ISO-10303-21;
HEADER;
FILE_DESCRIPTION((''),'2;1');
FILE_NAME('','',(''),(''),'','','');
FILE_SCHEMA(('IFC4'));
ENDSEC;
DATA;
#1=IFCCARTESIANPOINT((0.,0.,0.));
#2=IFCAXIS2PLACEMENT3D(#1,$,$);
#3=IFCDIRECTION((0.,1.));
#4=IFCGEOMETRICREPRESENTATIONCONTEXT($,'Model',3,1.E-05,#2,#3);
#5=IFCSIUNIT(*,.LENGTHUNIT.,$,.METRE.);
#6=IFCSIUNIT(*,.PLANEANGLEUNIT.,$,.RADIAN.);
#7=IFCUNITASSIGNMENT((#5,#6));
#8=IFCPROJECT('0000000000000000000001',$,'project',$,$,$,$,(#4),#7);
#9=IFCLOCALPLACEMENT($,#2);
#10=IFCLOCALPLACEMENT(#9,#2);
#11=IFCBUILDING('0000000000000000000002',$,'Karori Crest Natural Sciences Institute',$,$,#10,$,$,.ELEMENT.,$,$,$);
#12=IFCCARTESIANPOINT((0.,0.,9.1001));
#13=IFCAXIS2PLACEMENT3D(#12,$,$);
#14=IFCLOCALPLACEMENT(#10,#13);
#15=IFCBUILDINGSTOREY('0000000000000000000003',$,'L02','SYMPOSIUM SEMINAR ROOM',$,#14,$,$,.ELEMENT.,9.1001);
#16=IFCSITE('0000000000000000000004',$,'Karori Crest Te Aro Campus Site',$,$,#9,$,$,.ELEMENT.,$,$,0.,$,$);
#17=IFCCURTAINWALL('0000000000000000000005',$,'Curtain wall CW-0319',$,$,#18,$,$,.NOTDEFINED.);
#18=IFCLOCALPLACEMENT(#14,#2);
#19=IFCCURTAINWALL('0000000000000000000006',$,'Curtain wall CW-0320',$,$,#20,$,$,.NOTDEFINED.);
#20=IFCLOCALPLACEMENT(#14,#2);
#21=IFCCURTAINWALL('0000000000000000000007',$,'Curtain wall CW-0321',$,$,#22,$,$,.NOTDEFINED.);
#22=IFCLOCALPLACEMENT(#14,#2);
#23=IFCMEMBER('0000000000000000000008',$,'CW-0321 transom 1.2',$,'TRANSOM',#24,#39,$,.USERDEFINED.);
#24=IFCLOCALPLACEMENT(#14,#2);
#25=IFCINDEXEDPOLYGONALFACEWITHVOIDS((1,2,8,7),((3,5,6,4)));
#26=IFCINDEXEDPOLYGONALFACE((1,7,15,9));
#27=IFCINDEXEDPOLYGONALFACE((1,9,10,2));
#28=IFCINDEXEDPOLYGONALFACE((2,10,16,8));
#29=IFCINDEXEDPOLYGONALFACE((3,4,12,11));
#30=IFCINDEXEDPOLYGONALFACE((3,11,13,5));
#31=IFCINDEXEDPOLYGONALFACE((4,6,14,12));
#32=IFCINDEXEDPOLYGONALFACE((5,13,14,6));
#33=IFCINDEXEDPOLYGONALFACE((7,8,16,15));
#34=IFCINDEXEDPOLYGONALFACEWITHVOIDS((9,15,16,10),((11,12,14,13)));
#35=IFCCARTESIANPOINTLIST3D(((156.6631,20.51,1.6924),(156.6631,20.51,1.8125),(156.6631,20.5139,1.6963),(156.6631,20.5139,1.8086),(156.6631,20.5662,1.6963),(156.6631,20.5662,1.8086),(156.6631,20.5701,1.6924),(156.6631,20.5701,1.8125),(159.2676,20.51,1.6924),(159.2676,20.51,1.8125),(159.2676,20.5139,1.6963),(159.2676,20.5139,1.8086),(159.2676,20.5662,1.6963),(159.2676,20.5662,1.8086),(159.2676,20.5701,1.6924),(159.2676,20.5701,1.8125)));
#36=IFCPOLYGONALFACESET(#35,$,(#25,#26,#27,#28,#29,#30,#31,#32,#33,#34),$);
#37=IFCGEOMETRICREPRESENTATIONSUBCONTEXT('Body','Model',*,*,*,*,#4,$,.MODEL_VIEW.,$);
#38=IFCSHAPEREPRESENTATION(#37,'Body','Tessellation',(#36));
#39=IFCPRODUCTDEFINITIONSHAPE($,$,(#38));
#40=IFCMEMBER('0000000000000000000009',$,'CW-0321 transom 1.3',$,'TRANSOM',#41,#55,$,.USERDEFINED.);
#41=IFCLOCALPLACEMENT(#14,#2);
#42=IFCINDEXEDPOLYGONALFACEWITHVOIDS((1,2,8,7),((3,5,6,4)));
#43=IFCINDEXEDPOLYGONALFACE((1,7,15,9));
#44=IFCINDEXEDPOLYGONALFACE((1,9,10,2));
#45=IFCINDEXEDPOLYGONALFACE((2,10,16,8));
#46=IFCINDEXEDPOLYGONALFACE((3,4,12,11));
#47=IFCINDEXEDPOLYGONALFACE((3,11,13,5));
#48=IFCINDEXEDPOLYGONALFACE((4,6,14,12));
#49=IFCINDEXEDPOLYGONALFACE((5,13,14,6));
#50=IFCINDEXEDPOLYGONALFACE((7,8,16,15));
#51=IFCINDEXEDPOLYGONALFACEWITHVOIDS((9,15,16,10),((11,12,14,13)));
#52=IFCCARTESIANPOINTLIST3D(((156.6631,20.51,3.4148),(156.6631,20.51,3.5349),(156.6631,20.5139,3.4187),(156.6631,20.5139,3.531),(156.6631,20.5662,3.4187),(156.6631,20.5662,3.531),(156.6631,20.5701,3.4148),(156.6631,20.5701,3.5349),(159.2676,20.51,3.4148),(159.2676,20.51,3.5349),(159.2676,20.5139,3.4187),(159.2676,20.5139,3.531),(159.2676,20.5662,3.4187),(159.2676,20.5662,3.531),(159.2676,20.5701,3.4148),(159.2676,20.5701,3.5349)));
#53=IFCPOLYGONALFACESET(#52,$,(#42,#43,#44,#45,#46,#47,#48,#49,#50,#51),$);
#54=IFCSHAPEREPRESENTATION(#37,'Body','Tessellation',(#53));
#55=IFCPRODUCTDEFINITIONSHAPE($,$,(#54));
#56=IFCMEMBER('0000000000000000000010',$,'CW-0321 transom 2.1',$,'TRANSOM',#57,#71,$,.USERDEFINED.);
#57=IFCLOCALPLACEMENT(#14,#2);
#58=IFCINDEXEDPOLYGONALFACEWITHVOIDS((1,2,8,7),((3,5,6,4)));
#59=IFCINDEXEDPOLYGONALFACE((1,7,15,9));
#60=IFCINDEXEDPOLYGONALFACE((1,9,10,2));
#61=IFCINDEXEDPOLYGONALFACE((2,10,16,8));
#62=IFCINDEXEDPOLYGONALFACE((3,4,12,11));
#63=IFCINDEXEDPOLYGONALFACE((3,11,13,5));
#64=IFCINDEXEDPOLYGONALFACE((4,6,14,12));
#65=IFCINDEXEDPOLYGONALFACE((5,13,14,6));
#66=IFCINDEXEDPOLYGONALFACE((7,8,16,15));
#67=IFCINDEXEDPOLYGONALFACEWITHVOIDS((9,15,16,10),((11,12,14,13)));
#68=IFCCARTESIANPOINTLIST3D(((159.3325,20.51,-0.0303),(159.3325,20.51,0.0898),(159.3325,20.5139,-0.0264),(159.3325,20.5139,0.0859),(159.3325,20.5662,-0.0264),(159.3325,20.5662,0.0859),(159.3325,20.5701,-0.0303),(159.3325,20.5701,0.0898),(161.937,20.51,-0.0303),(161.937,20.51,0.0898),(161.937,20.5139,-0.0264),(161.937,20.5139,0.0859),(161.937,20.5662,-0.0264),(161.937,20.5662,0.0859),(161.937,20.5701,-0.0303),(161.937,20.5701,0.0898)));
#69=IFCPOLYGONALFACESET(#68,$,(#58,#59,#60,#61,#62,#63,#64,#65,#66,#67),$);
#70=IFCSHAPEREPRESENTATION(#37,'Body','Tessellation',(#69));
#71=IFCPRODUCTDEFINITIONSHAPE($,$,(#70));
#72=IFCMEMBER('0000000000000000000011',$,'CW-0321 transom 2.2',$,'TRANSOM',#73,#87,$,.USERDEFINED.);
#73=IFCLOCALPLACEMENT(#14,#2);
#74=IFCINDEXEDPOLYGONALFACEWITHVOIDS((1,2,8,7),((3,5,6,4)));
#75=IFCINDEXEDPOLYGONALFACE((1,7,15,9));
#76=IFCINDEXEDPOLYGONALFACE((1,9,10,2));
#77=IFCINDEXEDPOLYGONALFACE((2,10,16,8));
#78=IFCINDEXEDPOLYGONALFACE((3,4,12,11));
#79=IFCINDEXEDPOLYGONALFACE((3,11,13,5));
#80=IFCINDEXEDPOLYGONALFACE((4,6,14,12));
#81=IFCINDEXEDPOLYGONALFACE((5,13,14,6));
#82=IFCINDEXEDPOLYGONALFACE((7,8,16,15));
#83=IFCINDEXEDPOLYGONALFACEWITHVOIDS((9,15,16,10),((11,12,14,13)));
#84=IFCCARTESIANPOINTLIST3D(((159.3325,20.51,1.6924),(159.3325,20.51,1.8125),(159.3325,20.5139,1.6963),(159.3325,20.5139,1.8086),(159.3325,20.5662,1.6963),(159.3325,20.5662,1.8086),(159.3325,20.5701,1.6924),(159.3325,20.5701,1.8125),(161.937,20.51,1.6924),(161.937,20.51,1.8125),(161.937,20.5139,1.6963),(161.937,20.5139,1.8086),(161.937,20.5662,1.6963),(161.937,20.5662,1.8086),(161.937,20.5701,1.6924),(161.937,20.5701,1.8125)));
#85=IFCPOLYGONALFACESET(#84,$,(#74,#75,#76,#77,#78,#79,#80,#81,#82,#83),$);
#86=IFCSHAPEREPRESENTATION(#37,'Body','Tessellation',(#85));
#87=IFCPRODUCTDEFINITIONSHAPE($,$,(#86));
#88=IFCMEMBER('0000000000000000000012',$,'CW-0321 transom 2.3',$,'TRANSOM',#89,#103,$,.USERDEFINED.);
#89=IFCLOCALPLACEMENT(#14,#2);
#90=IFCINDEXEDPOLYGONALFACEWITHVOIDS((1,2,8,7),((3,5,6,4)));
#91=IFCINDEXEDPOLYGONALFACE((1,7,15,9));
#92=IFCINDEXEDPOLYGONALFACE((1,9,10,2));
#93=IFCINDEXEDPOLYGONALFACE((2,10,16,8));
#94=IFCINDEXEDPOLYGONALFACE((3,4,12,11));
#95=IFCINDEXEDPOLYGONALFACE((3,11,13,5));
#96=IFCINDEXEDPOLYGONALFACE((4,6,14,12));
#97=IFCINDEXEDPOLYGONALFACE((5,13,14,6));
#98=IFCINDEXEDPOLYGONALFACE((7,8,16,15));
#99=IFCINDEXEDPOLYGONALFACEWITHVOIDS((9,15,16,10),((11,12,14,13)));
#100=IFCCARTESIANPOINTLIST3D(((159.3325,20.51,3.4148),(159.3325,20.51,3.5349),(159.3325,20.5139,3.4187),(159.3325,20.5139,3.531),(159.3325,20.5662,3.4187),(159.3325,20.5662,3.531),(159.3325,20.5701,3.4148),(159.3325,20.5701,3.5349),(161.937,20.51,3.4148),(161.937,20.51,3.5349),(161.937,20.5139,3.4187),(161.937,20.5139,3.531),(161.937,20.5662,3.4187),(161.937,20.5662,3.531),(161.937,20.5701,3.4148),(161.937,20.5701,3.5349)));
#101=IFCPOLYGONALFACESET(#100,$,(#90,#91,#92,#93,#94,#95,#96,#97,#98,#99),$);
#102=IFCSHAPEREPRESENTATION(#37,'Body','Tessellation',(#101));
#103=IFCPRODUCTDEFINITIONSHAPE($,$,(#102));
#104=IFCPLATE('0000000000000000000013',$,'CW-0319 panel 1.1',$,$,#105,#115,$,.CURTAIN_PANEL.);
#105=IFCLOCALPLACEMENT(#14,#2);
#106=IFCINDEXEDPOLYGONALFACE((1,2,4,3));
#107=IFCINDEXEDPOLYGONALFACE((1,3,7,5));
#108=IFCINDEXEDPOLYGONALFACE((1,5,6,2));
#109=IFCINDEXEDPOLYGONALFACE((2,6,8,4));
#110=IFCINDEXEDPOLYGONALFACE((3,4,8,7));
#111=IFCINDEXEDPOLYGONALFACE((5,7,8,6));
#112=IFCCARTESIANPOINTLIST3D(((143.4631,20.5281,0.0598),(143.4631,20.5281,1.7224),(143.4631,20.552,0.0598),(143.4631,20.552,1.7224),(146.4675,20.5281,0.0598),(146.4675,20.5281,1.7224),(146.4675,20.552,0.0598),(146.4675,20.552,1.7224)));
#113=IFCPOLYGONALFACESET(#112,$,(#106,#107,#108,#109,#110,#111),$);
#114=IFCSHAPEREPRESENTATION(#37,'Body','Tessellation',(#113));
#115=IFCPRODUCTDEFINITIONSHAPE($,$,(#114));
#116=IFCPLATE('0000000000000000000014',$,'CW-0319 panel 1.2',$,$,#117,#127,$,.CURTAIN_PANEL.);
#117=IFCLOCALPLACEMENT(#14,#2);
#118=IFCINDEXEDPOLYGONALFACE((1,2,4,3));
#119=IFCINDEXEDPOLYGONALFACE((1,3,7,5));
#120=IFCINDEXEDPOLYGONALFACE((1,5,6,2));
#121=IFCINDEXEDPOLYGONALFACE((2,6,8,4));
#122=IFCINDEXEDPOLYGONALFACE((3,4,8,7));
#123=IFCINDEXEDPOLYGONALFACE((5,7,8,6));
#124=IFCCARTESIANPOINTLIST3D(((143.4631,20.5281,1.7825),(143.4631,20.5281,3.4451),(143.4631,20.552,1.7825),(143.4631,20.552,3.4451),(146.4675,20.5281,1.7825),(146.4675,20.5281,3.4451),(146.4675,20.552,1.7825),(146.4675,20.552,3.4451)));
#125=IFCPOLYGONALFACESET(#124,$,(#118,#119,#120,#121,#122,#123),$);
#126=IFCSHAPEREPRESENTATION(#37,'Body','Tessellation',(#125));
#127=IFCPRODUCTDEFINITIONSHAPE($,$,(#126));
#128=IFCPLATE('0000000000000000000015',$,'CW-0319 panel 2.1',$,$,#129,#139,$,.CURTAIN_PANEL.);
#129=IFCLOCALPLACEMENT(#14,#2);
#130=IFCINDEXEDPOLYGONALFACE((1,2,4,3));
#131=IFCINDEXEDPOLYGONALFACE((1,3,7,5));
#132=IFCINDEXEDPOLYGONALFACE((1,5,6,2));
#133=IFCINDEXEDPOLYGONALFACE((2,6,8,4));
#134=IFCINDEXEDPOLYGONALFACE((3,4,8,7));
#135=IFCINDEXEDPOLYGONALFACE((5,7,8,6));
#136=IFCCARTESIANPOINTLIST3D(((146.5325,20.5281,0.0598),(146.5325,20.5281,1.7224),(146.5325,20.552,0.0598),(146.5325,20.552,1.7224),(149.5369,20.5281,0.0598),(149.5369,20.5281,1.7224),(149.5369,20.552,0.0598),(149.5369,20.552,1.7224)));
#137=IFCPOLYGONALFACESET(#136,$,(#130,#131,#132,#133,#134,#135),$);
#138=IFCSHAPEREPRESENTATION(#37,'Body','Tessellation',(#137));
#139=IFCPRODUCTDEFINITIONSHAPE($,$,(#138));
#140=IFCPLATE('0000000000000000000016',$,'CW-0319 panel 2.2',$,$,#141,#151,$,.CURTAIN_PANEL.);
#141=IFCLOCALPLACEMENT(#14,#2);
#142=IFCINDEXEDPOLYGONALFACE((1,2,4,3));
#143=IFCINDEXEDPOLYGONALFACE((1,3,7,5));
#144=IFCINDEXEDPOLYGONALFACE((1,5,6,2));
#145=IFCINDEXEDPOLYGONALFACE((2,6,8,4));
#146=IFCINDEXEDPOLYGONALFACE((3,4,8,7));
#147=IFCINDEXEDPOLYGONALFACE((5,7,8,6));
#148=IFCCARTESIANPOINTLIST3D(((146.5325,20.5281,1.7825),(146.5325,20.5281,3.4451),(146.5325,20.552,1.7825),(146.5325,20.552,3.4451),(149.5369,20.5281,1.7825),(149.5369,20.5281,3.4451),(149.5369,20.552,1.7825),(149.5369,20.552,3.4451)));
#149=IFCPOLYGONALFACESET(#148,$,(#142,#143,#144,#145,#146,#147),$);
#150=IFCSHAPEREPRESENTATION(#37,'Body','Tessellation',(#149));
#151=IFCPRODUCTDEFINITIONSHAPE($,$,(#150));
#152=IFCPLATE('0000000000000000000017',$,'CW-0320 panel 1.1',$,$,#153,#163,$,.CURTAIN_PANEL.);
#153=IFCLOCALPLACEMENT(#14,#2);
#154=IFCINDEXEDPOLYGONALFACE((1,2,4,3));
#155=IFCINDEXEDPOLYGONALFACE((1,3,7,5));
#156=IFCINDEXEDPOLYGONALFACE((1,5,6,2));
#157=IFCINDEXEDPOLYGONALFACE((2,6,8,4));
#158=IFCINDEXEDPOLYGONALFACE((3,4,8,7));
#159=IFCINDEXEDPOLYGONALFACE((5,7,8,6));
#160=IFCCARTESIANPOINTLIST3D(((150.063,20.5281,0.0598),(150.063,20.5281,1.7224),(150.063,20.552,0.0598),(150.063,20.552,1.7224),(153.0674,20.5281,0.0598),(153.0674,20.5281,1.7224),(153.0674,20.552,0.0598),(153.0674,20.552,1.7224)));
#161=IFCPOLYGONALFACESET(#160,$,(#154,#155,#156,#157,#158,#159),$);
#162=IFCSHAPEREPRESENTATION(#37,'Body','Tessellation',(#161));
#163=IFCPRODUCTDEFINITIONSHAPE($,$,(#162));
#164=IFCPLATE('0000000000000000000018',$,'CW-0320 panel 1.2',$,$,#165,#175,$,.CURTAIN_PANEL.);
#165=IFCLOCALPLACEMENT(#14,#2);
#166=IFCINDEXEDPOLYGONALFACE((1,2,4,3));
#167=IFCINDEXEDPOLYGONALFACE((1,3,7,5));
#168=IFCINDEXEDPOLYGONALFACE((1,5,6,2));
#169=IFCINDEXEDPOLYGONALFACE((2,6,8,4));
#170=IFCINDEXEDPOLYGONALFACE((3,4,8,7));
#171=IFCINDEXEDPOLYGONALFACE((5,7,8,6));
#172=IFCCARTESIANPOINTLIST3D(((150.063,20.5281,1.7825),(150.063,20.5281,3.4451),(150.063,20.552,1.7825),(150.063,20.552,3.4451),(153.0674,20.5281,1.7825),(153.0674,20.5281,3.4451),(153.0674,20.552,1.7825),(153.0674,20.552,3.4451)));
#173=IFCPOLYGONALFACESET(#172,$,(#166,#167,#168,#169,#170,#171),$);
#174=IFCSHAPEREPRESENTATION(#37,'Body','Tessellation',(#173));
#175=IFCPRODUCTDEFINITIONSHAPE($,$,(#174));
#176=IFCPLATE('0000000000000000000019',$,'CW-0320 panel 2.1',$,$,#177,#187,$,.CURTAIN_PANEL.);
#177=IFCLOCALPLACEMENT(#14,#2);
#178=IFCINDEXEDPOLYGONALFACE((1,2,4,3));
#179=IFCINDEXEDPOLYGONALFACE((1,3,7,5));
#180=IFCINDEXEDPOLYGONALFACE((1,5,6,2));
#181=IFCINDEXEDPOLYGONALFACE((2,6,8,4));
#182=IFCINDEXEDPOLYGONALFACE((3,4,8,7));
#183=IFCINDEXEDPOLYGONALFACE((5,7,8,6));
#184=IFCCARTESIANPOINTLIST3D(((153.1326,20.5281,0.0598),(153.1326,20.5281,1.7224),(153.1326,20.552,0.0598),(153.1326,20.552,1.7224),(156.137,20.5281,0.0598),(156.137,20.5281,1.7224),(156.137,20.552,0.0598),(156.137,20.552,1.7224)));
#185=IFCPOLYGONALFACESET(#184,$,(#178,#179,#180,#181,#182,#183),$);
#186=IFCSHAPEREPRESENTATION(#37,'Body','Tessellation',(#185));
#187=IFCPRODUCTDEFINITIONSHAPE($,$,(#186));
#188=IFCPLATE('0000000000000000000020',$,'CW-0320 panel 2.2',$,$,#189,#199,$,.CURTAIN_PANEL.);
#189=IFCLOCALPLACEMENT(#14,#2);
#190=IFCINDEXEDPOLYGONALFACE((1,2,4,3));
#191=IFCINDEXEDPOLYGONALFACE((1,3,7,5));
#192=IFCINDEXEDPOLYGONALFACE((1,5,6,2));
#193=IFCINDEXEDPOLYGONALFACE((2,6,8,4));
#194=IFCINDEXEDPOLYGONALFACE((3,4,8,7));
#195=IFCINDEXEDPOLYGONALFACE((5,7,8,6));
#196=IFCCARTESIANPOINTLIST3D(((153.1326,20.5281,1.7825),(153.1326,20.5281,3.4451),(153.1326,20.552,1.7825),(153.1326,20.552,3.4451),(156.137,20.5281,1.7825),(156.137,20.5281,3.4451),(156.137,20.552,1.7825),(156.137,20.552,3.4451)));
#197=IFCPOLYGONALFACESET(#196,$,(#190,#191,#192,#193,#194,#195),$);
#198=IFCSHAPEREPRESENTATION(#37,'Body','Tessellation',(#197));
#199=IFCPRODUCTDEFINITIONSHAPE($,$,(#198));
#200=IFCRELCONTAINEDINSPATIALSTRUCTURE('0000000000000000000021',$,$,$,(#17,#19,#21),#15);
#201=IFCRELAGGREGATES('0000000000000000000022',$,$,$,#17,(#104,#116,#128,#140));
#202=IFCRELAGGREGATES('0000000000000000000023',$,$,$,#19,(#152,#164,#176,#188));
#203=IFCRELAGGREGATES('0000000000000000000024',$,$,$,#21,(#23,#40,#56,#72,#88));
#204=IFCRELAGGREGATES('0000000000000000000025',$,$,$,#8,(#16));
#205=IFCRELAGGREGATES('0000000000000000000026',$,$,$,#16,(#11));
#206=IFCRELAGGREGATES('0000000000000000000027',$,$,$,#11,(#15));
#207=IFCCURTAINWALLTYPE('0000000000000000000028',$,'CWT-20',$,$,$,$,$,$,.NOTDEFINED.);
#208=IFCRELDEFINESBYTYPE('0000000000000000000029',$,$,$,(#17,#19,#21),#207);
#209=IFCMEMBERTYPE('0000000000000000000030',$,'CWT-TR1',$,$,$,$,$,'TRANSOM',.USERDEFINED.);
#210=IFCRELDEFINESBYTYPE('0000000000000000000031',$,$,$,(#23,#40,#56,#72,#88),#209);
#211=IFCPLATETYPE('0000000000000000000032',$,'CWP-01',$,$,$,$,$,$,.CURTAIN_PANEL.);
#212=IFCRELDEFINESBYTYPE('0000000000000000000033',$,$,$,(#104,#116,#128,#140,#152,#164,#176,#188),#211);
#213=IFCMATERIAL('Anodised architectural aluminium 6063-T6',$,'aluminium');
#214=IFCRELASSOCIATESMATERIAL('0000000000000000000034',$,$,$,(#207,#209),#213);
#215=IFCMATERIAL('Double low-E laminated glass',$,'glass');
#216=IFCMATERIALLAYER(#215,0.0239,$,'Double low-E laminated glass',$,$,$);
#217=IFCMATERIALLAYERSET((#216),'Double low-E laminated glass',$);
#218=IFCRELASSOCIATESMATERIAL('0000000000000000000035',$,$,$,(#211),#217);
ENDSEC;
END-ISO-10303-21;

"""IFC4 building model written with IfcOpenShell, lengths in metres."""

from ifc_helpers import new_model, si_unit, direction, frame, origin, origin_2d, place, context, subcontext, project, spatial, rectangle, hollow_rectangle, extrude, material, layer, layer_set, material_profile, profile_set, type_object, element, aggregate, save


model = new_model("IFC4")

# Units and contexts
model_context = context("Model", 3, precision=1e-05, world=origin(), true_north=direction((0.0, 1.0)))
body_context = subcontext(model_context, "Body", "Model", "MODEL_VIEW")
ifc_project = project(units=[si_unit("LENGTHUNIT", "METRE"), si_unit("PLANEANGLEUNIT", "RADIAN")], contexts=[model_context])

# Site, building, storey
site_placement = place(None, origin())
site = spatial("IfcSite", under=ifc_project, at=site_placement, Name="Karori Crest Te Aro Campus Site", CompositionType="ELEMENT", RefElevation=0.0)
building_placement = place(site_placement, origin())
building = spatial("IfcBuilding", under=site, at=building_placement, Name="Karori Crest Natural Sciences Institute", CompositionType="ELEMENT")
storey_placement = place(building_placement, frame((0.0, 0.0, 9.1001)))
storey = spatial("IfcBuildingStorey", under=building, at=storey_placement, Name="L02", Description="SYMPOSIUM SEMINAR ROOM", CompositionType="ELEMENT", Elevation=9.1001)

# Curtain walls
ifc_material_1 = material(Name="Anodised architectural aluminium 6063-T6", Category="aluminium")
curtain_wall_type = type_object("IfcCurtainWallType", Name="CWT-20", PredefinedType="NOTDEFINED", material=ifc_material_1)
curtain_wall_1_placement = place(storey_placement, origin())
curtain_wall_1 = element("IfcCurtainWall", 1, at=curtain_wall_1_placement, inside=storey, type_object=curtain_wall_type, Name="Curtain wall CW-0319", PredefinedType="NOTDEFINED")
curtain_wall_2_placement = place(storey_placement, origin())
curtain_wall_2 = element("IfcCurtainWall", 2, at=curtain_wall_2_placement, inside=storey, type_object=curtain_wall_type, Name="Curtain wall CW-0320", PredefinedType="NOTDEFINED")
curtain_wall_3_placement = place(storey_placement, origin())
curtain_wall_3 = element("IfcCurtainWall", 3, at=curtain_wall_3_placement, inside=storey, type_object=curtain_wall_type, Name="Curtain wall CW-0321", PredefinedType="NOTDEFINED")

# Members
ifc_material_profile_1 = material_profile(ifc_material_1, hollow_rectangle(XDim=0.0601, YDim=0.1201, WallThickness=0.0039, at=origin_2d()), Name="CWT120x60x4")
ifc_profile_set_1 = profile_set([ifc_material_profile_1], Name="Anodised architectural aluminium 6063-T6")
member_type_1 = type_object("IfcMemberType", Name="CWT-TR1", ElementType="TRANSOM", PredefinedType="USERDEFINED", material=ifc_profile_set_1)
member_1_placement = place(storey_placement, frame((156.6631, 20.54, 1.7524), z_axis=(1.0, 0.0, 0.0), x_axis=(0.0, 1.0, 0.0)))
member_1 = element("IfcMember", 4, at=member_1_placement, type_object=member_type_1, Name="CW-0321 transom 1.2", ObjectType="TRANSOM", PredefinedType="USERDEFINED", context=body_context, shape_type="SweptSolid", body=[
    extrude(hollow_rectangle(XDim=0.0601, YDim=0.1201, WallThickness=0.0039, at=origin_2d()), origin(), (0.0, 0.0, 1.0), 2.6045),
])
member_2_placement = place(storey_placement, frame((156.6631, 20.54, 3.4749), z_axis=(1.0, 0.0, 0.0), x_axis=(0.0, 1.0, 0.0)))
member_2 = element("IfcMember", 5, at=member_2_placement, type_object=member_type_1, Name="CW-0321 transom 1.3", ObjectType="TRANSOM", PredefinedType="USERDEFINED", context=body_context, shape_type="SweptSolid", body=[
    extrude(hollow_rectangle(XDim=0.0601, YDim=0.1201, WallThickness=0.0039, at=origin_2d()), origin(), (0.0, 0.0, 1.0), 2.6045),
])
member_3_placement = place(storey_placement, frame((159.3325, 20.54, 0.0298), z_axis=(1.0, 0.0, 0.0), x_axis=(0.0, 1.0, 0.0)))
member_3 = element("IfcMember", 6, at=member_3_placement, type_object=member_type_1, Name="CW-0321 transom 2.1", ObjectType="TRANSOM", PredefinedType="USERDEFINED", context=body_context, shape_type="SweptSolid", body=[
    extrude(hollow_rectangle(XDim=0.0601, YDim=0.1201, WallThickness=0.0039, at=origin_2d()), origin(), (0.0, 0.0, 1.0), 2.6045),
])
member_4_placement = place(storey_placement, frame((159.3325, 20.54, 1.7524), z_axis=(1.0, 0.0, 0.0), x_axis=(0.0, 1.0, 0.0)))
member_4 = element("IfcMember", 7, at=member_4_placement, type_object=member_type_1, Name="CW-0321 transom 2.2", ObjectType="TRANSOM", PredefinedType="USERDEFINED", context=body_context, shape_type="SweptSolid", body=[
    extrude(hollow_rectangle(XDim=0.0601, YDim=0.1201, WallThickness=0.0039, at=origin_2d()), origin(), (0.0, 0.0, 1.0), 2.6045),
])
member_5_placement = place(storey_placement, frame((159.3325, 20.54, 3.4749), z_axis=(1.0, 0.0, 0.0), x_axis=(0.0, 1.0, 0.0)))
member_5 = element("IfcMember", 8, at=member_5_placement, type_object=member_type_1, Name="CW-0321 transom 2.3", ObjectType="TRANSOM", PredefinedType="USERDEFINED", context=body_context, shape_type="SweptSolid", body=[
    extrude(hollow_rectangle(XDim=0.0601, YDim=0.1201, WallThickness=0.0039, at=origin_2d()), origin(), (0.0, 0.0, 1.0), 2.6045),
])

# Plates
ifc_material_2 = material(Name="Double low-E laminated glass", Category="glass")
ifc_layer = layer(ifc_material_2, 0.0239, Name="Double low-E laminated glass")
ifc_layer_set = layer_set([ifc_layer], Name="Double low-E laminated glass")
plate_type = type_object("IfcPlateType", Name="CWP-01", PredefinedType="CURTAIN_PANEL", material=ifc_layer_set)
plate_1_placement = place(storey_placement, frame((144.9653, 20.54, 0.0598), z_axis=(0.0, 0.0, 1.0), x_axis=(1.0, 0.0, 0.0)))
plate_1 = element("IfcPlate", 9, at=plate_1_placement, type_object=plate_type, Name="CW-0319 panel 1.1", PredefinedType="CURTAIN_PANEL", context=body_context, shape_type="SweptSolid", body=[
    extrude(rectangle(XDim=3.0044, YDim=0.0239, at=origin_2d()), origin(), (0.0, 0.0, 1.0), 1.6626),
])
plate_2_placement = place(storey_placement, frame((144.9653, 20.54, 1.7825), z_axis=(0.0, 0.0, 1.0), x_axis=(1.0, 0.0, 0.0)))
plate_2 = element("IfcPlate", 10, at=plate_2_placement, type_object=plate_type, Name="CW-0319 panel 1.2", PredefinedType="CURTAIN_PANEL", context=body_context, shape_type="SweptSolid", body=[
    extrude(rectangle(XDim=3.0044, YDim=0.0239, at=origin_2d()), origin(), (0.0, 0.0, 1.0), 1.6626),
])
plate_3_placement = place(storey_placement, frame((148.0347, 20.54, 0.0598), z_axis=(0.0, 0.0, 1.0), x_axis=(1.0, 0.0, 0.0)))
plate_3 = element("IfcPlate", 11, at=plate_3_placement, type_object=plate_type, Name="CW-0319 panel 2.1", PredefinedType="CURTAIN_PANEL", context=body_context, shape_type="SweptSolid", body=[
    extrude(rectangle(XDim=3.0044, YDim=0.0239, at=origin_2d()), origin(), (0.0, 0.0, 1.0), 1.6626),
])
plate_4_placement = place(storey_placement, frame((148.0347, 20.54, 1.7825), z_axis=(0.0, 0.0, 1.0), x_axis=(1.0, 0.0, 0.0)))
plate_4 = element("IfcPlate", 12, at=plate_4_placement, type_object=plate_type, Name="CW-0319 panel 2.2", PredefinedType="CURTAIN_PANEL", context=body_context, shape_type="SweptSolid", body=[
    extrude(rectangle(XDim=3.0044, YDim=0.0239, at=origin_2d()), origin(), (0.0, 0.0, 1.0), 1.6626),
])
aggregate(curtain_wall_1, [plate_1, plate_2, plate_3, plate_4])
plate_5_placement = place(storey_placement, frame((151.5652, 20.54, 0.0598), z_axis=(0.0, 0.0, 1.0), x_axis=(1.0, 0.0, 0.0)))
plate_5 = element("IfcPlate", 13, at=plate_5_placement, type_object=plate_type, Name="CW-0320 panel 1.1", PredefinedType="CURTAIN_PANEL", context=body_context, shape_type="SweptSolid", body=[
    extrude(rectangle(XDim=3.0044, YDim=0.0239, at=origin_2d()), origin(), (0.0, 0.0, 1.0), 1.6626),
])
plate_6_placement = place(storey_placement, frame((151.5652, 20.54, 1.7825), z_axis=(0.0, 0.0, 1.0), x_axis=(1.0, 0.0, 0.0)))
plate_6 = element("IfcPlate", 14, at=plate_6_placement, type_object=plate_type, Name="CW-0320 panel 1.2", PredefinedType="CURTAIN_PANEL", context=body_context, shape_type="SweptSolid", body=[
    extrude(rectangle(XDim=3.0044, YDim=0.0239, at=origin_2d()), origin(), (0.0, 0.0, 1.0), 1.6626),
])
plate_7_placement = place(storey_placement, frame((154.6348, 20.54, 0.0598), z_axis=(0.0, 0.0, 1.0), x_axis=(1.0, 0.0, 0.0)))
plate_7 = element("IfcPlate", 15, at=plate_7_placement, type_object=plate_type, Name="CW-0320 panel 2.1", PredefinedType="CURTAIN_PANEL", context=body_context, shape_type="SweptSolid", body=[
    extrude(rectangle(XDim=3.0044, YDim=0.0239, at=origin_2d()), origin(), (0.0, 0.0, 1.0), 1.6626),
])
plate_8_placement = place(storey_placement, frame((154.6348, 20.54, 1.7825), z_axis=(0.0, 0.0, 1.0), x_axis=(1.0, 0.0, 0.0)))
plate_8 = element("IfcPlate", 16, at=plate_8_placement, type_object=plate_type, Name="CW-0320 panel 2.2", PredefinedType="CURTAIN_PANEL", context=body_context, shape_type="SweptSolid", body=[
    extrude(rectangle(XDim=3.0044, YDim=0.0239, at=origin_2d()), origin(), (0.0, 0.0, 1.0), 1.6626),
])
aggregate(curtain_wall_2, [plate_5, plate_6, plate_7, plate_8])
aggregate(curtain_wall_3, [member_1, member_2, member_3, member_4, member_5])

save(model, "model.ifc")
